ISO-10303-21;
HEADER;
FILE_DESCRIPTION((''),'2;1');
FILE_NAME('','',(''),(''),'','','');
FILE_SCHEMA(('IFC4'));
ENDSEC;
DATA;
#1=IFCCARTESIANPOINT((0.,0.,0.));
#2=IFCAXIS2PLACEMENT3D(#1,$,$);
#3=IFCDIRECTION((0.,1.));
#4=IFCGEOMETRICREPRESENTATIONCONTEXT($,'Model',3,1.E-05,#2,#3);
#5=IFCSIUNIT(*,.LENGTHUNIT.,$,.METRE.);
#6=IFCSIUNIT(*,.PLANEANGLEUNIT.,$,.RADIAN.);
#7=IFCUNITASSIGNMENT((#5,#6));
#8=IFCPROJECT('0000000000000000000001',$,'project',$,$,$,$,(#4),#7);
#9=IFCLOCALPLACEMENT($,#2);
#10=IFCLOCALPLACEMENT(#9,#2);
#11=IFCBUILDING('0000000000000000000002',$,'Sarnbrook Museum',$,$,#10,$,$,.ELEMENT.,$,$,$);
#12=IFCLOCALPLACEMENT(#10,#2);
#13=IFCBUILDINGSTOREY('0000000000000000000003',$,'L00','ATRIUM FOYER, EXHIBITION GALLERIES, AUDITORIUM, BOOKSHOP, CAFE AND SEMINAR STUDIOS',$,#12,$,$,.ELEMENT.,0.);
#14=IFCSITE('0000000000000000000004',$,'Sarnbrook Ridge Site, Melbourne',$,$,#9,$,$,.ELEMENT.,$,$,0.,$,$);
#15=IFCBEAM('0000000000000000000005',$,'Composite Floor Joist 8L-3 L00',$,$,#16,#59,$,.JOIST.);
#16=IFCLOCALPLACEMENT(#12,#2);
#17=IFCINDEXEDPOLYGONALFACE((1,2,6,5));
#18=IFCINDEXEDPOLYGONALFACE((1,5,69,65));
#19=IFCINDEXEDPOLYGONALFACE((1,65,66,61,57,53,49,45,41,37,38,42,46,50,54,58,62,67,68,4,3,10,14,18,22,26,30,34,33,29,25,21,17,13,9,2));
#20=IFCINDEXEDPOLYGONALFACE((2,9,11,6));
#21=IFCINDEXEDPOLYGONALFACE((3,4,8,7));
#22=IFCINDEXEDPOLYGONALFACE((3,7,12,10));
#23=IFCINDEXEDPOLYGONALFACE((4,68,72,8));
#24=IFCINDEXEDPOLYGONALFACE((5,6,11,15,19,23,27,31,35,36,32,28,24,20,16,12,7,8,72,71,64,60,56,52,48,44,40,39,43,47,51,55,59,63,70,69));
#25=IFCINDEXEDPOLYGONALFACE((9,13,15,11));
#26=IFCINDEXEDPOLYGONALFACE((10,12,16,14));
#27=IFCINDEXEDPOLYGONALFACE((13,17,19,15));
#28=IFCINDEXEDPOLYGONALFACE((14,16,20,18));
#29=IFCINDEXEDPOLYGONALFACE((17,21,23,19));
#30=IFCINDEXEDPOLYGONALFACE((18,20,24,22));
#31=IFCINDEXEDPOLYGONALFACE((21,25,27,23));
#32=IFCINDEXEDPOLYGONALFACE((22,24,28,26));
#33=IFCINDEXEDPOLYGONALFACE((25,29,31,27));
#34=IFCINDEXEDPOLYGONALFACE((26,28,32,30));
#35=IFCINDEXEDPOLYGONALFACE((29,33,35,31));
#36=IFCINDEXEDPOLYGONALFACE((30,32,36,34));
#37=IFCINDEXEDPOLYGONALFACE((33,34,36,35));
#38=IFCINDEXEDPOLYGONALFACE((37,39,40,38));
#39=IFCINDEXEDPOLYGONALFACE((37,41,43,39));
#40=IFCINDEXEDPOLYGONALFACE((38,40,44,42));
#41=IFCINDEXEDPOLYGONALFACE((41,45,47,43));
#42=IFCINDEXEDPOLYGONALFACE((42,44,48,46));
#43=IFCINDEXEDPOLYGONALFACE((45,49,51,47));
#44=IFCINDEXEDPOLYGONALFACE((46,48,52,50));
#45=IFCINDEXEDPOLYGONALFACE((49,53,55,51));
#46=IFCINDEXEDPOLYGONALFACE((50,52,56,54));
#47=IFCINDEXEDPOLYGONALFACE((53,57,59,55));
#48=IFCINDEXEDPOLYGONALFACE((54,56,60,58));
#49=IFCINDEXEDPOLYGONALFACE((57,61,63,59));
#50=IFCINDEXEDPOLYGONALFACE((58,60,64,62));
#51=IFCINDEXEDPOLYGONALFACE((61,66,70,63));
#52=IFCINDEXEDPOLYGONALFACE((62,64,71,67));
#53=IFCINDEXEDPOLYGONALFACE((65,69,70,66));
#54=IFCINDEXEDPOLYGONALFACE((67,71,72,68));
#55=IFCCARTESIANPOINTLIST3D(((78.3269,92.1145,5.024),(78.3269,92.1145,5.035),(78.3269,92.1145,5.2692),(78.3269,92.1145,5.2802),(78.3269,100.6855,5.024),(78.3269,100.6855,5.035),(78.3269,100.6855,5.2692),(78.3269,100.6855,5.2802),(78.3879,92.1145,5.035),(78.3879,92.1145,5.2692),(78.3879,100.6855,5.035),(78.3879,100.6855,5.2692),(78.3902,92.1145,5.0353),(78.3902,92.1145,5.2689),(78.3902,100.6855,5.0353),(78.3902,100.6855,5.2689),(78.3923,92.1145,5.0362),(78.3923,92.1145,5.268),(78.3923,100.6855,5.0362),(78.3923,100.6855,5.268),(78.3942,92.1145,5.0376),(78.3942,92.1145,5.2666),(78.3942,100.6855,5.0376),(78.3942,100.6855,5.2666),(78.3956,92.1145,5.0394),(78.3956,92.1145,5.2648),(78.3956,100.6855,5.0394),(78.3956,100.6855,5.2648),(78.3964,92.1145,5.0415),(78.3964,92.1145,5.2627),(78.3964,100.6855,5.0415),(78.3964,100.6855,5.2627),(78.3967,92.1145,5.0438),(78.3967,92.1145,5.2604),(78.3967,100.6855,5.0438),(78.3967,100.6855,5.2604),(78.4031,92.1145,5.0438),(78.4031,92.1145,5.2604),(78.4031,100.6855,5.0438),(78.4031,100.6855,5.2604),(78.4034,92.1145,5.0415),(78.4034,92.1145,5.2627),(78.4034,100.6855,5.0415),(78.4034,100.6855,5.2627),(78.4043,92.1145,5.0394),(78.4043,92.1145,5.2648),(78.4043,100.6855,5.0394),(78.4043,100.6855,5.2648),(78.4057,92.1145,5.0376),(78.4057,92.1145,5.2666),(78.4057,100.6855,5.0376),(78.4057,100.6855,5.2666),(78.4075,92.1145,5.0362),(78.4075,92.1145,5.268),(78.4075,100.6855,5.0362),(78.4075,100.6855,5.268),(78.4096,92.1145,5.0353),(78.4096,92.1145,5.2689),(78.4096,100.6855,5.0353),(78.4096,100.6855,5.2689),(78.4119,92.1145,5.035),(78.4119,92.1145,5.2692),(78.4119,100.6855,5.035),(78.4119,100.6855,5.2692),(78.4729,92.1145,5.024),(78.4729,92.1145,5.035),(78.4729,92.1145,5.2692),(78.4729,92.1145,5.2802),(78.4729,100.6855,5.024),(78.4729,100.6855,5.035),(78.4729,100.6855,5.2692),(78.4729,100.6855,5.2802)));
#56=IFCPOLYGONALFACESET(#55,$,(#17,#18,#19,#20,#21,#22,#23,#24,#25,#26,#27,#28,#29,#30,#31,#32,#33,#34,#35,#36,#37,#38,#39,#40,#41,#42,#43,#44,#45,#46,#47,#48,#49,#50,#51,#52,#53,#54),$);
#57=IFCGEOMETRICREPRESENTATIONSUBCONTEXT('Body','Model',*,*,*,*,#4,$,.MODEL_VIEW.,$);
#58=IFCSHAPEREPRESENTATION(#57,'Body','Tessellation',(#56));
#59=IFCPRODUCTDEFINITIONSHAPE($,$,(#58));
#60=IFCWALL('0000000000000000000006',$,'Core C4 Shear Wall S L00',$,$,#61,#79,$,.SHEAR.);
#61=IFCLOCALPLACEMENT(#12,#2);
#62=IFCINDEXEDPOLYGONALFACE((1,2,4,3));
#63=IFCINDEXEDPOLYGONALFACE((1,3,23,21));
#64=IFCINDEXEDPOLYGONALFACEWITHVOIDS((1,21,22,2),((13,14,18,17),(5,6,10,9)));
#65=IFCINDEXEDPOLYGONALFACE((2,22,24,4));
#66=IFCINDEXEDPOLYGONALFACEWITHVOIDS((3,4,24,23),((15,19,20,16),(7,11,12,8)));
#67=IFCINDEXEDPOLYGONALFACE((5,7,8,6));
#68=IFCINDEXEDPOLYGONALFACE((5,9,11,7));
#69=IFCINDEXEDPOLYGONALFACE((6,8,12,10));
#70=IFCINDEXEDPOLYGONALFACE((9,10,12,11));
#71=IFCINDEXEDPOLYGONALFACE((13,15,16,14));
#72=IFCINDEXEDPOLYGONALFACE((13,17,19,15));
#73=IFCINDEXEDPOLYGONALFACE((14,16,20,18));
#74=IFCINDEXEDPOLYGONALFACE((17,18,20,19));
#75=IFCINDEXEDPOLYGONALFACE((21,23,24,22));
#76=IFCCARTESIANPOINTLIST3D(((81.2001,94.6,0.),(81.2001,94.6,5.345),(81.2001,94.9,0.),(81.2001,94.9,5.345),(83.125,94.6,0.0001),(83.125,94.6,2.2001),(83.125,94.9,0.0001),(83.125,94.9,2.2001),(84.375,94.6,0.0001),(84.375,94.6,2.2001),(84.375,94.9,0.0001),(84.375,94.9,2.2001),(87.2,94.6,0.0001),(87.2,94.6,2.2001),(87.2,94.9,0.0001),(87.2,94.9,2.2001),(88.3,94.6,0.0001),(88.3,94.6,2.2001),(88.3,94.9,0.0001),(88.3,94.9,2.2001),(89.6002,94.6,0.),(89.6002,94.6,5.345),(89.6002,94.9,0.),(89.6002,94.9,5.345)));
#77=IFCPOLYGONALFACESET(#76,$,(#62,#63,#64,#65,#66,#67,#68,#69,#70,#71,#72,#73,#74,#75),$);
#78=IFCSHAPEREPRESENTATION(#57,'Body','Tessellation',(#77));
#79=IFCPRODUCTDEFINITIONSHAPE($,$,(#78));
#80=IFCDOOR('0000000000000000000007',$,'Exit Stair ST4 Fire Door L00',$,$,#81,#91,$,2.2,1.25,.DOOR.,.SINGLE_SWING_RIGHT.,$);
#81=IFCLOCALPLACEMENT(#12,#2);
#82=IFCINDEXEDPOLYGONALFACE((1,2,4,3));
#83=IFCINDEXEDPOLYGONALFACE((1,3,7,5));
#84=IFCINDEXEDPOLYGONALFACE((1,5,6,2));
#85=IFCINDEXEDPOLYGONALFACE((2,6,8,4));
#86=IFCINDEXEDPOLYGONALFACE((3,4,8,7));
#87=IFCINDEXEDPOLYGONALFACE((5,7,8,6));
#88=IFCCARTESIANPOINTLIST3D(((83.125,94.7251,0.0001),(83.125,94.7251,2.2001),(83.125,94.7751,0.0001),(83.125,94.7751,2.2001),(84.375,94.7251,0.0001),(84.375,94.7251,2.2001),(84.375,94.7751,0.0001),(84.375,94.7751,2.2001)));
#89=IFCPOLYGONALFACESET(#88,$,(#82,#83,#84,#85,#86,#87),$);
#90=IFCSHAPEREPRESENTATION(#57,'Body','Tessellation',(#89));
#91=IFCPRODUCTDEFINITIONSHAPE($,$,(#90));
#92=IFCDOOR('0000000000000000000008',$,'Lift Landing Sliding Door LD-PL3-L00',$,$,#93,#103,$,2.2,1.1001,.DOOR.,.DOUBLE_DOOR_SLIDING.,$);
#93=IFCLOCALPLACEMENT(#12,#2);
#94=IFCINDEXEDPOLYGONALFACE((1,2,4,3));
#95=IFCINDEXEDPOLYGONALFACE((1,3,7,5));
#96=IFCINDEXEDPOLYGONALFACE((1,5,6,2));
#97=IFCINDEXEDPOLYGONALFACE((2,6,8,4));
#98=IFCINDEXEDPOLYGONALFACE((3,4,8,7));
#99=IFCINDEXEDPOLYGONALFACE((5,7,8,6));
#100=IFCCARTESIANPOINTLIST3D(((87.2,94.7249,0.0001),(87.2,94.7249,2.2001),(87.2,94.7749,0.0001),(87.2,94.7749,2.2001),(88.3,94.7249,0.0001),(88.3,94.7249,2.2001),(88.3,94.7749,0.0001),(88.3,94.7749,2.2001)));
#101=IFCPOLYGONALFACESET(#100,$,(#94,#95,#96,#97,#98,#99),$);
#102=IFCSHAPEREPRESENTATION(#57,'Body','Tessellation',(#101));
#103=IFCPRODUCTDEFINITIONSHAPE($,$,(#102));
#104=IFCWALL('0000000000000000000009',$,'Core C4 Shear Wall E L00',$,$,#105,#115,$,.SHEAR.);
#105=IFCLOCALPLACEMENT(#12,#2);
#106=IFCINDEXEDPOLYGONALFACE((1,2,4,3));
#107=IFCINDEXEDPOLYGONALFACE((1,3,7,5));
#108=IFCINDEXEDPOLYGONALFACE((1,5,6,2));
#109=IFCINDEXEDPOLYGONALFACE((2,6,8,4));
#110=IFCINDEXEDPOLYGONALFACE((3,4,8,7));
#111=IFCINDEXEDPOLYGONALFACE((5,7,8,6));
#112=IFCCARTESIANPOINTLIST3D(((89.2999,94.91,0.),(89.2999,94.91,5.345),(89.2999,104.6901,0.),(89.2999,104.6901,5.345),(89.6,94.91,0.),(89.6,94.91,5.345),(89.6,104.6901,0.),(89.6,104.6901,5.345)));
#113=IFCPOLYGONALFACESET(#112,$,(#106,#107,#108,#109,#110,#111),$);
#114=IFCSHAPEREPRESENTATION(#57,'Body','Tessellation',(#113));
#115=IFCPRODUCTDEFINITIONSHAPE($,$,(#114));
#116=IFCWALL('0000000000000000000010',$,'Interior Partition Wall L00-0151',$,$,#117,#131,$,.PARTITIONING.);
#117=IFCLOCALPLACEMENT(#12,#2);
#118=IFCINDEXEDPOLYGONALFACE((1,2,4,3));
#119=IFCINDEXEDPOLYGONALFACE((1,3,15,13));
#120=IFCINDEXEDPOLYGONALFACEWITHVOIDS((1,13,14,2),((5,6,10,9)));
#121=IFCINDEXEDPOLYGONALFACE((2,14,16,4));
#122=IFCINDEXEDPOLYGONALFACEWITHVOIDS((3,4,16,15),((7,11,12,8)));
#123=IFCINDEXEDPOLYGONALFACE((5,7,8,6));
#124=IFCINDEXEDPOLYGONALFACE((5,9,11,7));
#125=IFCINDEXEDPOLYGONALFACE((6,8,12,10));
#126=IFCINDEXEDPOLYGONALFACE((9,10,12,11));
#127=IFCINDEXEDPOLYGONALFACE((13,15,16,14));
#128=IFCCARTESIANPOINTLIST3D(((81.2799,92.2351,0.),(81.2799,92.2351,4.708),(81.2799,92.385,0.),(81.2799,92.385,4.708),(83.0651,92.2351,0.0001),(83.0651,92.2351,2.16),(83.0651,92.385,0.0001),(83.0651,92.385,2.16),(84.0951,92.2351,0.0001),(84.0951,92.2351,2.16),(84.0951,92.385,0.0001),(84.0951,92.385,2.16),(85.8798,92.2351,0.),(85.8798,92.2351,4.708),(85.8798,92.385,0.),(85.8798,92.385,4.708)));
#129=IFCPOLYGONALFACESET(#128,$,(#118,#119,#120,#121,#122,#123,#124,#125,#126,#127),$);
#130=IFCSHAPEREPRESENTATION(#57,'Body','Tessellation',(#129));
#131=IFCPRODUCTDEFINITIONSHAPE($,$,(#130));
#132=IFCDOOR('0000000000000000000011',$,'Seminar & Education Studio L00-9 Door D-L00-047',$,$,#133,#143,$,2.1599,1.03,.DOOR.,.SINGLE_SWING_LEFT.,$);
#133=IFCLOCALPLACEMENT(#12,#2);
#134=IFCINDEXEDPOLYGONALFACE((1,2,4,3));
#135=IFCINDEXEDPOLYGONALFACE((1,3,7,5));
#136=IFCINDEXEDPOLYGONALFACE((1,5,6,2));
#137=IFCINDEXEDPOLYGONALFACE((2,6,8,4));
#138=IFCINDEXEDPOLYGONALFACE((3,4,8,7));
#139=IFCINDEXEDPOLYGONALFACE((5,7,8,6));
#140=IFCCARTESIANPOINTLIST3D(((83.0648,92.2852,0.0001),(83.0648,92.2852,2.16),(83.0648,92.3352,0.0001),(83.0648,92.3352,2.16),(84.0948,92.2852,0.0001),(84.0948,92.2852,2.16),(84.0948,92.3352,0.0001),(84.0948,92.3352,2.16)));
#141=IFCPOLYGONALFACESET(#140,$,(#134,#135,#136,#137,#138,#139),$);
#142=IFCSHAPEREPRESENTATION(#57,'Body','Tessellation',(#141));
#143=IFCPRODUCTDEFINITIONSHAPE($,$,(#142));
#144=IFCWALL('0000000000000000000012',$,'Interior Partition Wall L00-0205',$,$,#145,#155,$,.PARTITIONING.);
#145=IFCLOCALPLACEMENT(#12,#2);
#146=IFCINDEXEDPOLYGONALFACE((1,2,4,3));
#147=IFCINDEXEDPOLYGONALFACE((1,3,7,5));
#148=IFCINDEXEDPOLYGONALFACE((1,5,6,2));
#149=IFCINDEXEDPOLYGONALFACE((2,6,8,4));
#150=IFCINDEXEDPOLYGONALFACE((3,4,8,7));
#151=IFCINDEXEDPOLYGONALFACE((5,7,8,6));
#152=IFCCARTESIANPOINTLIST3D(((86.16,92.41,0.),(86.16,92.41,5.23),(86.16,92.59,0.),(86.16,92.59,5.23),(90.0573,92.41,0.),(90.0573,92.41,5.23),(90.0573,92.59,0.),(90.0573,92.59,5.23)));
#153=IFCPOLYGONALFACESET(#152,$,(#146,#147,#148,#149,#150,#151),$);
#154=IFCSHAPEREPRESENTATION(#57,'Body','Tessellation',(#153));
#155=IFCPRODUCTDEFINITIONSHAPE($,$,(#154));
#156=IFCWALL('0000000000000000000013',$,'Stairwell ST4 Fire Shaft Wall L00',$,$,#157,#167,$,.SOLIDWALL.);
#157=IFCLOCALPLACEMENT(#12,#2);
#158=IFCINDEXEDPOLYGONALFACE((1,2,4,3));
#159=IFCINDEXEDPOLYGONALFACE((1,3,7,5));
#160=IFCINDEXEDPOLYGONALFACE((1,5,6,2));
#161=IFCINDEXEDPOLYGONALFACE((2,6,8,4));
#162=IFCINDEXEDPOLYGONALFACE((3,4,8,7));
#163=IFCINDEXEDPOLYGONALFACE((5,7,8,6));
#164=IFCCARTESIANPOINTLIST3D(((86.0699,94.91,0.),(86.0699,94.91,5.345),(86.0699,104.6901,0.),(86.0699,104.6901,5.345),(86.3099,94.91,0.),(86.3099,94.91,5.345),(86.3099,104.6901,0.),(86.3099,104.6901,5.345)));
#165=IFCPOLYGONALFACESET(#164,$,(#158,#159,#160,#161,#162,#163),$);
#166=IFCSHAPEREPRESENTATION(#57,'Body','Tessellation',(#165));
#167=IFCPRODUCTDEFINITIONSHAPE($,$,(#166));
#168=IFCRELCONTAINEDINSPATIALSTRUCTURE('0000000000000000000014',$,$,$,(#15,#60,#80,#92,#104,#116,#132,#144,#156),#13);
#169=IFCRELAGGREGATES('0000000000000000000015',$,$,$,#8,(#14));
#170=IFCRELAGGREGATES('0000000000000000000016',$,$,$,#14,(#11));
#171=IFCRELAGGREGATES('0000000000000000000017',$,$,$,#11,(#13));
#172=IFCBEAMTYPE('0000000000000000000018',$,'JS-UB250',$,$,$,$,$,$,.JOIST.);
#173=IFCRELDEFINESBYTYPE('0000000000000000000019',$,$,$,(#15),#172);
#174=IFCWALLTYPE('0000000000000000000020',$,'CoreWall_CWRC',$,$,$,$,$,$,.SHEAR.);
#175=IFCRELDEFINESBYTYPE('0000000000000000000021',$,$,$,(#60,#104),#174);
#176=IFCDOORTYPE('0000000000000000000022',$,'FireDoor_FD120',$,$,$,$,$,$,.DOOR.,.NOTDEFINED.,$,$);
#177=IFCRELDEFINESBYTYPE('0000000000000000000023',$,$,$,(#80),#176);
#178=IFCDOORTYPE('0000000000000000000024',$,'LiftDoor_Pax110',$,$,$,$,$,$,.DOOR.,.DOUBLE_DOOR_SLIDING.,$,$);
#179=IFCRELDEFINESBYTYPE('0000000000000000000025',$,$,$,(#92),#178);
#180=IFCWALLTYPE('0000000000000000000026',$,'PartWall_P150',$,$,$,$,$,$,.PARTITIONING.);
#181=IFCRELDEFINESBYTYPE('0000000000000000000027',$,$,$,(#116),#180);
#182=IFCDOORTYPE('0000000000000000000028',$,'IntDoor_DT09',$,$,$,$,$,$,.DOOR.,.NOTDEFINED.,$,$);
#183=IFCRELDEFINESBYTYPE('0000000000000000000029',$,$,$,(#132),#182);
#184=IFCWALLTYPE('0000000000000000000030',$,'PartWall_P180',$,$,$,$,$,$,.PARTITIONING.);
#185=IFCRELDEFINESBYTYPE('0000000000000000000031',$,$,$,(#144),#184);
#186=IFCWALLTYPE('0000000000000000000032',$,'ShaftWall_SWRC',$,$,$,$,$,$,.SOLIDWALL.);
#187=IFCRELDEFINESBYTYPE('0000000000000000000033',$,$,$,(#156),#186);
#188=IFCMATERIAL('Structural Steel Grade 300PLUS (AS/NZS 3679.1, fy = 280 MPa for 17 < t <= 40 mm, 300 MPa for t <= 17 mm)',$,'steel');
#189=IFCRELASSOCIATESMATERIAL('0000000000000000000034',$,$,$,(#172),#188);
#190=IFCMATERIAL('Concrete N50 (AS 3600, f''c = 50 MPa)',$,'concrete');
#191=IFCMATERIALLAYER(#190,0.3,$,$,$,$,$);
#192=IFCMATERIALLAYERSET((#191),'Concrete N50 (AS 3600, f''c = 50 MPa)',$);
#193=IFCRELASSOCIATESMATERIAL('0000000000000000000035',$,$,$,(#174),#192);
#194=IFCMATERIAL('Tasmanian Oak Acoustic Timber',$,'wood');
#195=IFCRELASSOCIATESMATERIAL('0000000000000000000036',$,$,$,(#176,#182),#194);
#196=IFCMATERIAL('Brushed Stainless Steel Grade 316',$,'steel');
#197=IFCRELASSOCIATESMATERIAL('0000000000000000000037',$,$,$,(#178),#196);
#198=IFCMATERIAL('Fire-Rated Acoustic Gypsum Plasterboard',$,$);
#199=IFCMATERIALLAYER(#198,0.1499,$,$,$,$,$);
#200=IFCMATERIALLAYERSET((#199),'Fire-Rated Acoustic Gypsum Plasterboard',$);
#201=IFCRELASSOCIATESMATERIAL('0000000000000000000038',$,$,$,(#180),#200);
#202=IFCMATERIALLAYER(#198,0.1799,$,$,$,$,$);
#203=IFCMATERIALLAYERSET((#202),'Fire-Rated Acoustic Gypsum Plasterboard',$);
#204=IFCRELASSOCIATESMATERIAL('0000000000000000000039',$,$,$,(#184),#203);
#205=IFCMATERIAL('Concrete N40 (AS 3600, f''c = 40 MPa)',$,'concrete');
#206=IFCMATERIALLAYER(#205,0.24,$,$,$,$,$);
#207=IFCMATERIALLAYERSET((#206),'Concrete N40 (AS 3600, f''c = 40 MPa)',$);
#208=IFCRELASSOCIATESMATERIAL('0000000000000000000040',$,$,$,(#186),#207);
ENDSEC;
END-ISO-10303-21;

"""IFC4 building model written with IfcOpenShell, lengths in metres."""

from ifc_helpers import new_model, si_unit, direction, frame, frame_2d, origin, origin_2d, place, context, subcontext, project, spatial, rectangle, i_section, extrude, material, layer, layer_set, material_profile, profile_set, type_object, element, fill, save


model = new_model("IFC4")

# Units and contexts
model_context = context("Model", 3, precision=1e-05, world=origin(), true_north=direction((0.0, 1.0)))
body_context = subcontext(model_context, "Body", "Model", "MODEL_VIEW")
ifc_project = project(units=[si_unit("LENGTHUNIT", "METRE"), si_unit("PLANEANGLEUNIT", "RADIAN")], contexts=[model_context])

# Site, building, storey
site_placement = place(None, origin())
site = spatial("IfcSite", under=ifc_project, at=site_placement, Name="Sarnbrook Ridge Site, Melbourne", CompositionType="ELEMENT", RefElevation=0.0)
building_placement = place(site_placement, origin())
building = spatial("IfcBuilding", under=site, at=building_placement, Name="Sarnbrook Museum", CompositionType="ELEMENT")
storey_placement = place(building_placement, origin())
storey = spatial("IfcBuildingStorey", under=building, at=storey_placement, Name="L00", Description="ATRIUM FOYER, EXHIBITION GALLERIES, AUDITORIUM, BOOKSHOP, CAFE AND SEMINAR STUDIOS", CompositionType="ELEMENT", Elevation=0.0)

# Beam
ifc_material_1 = material(Name="Structural Steel Grade 300PLUS (AS/NZS 3679.1, fy = 280 MPa for 17 < t <= 40 mm, 300 MPa for t <= 17 mm)", Category="steel")
ifc_material_profile_1 = material_profile(ifc_material_1, i_section(OverallWidth=0.146, OverallDepth=0.2561, WebThickness=0.0063, FlangeThickness=0.011, FilletRadius=0.0088, at=origin_2d()), Name="250UB37.3")
ifc_profile_set_1 = profile_set([ifc_material_profile_1], Name="Structural Steel Grade 300PLUS (AS/NZS 3679.1, fy = 280 MPa for 17 < t <= 40 mm, 300 MPa for t <= 17 mm)")
beam_type_1 = type_object("IfcBeamType", Name="JS-UB250", PredefinedType="JOIST", material=ifc_profile_set_1)
beam_1_placement = place(storey_placement, frame((78.3999, 92.1145, 5.1521), z_axis=(0.0, 1.0, 0.0), x_axis=(-1.0, 0.0, 0.0)))
element("IfcBeam", 1, at=beam_1_placement, inside=storey, type_object=beam_type_1, Name="Composite Floor Joist 8L-3 L00", PredefinedType="JOIST", context=body_context, shape_type="SweptSolid", body=[
    extrude(i_section(OverallWidth=0.146, OverallDepth=0.2561, WebThickness=0.0063, FlangeThickness=0.011, FilletRadius=0.0088, at=origin_2d()), origin(), (0.0, 0.0, 1.0), 8.571),
])

# Wall, openings, doors
ifc_material_2 = material(Name="Concrete N50 (AS 3600, f'c = 50 MPa)", Category="concrete")
ifc_layer_1 = layer(ifc_material_2, 0.3)
ifc_layer_set_1 = layer_set([ifc_layer_1], Name="Concrete N50 (AS 3600, f'c = 50 MPa)")
wall_type_1 = type_object("IfcWallType", Name="CoreWall_CWRC", PredefinedType="SHEAR", material=ifc_layer_set_1)
wall_1_placement = place(storey_placement, frame((81.2, 94.75, 0.0), z_axis=(0.0, 0.0, 1.0), x_axis=(1.0, 0.0, 0.0)))
wall_1 = element("IfcWall", 2, at=wall_1_placement, inside=storey, type_object=wall_type_1, Name="Core C4 Shear Wall S L00", PredefinedType="SHEAR", context=body_context, shape_type="SweptSolid", body=[
    extrude(rectangle(XDim=8.4001, YDim=0.3, at=frame_2d((4.2002, 0.0))), origin(), (0.0, 0.0, 1.0), 5.345),
])
opening_1_placement = place(wall_1_placement, frame((1.925, 0.0, 0.0)))
opening_1 = element("IfcOpeningElement", 3, at=opening_1_placement, cuts=wall_1, PredefinedType="OPENING", context=body_context, shape_type="SweptSolid", body=[
    extrude(rectangle(XDim=1.25, YDim=2.2, at=frame_2d((0.625, 1.1001))), frame((0.0, 0.1602, 0.0), z_axis=(0.0, -1.0, 0.0), x_axis=(1.0, 0.0, 0.0)), (0.0, 0.0, 1.0), 0.3201),
])
opening_2_placement = place(wall_1_placement, frame((6.0, 0.0, 0.0)))
opening_2 = element("IfcOpeningElement", 4, at=opening_2_placement, cuts=wall_1, PredefinedType="OPENING", context=body_context, shape_type="SweptSolid", body=[
    extrude(rectangle(XDim=1.1001, YDim=2.2, at=frame_2d((0.55, 1.1001))), frame((0.0, 0.1602, 0.0), z_axis=(0.0, -1.0, 0.0), x_axis=(1.0, 0.0, 0.0)), (0.0, 0.0, 1.0), 0.3201),
])
ifc_material_3 = material(Name="Tasmanian Oak Acoustic Timber", Category="wood")
door_type_1 = type_object("IfcDoorType", Name="FireDoor_FD120", OperationType="NOTDEFINED", PredefinedType="DOOR", material=ifc_material_3)
door_1_placement = place(opening_1_placement, frame((1.25, 0.0, 0.0), z_axis=(0.0, 0.0, 1.0), x_axis=(-1.0, 0.0, 0.0)))
door_1 = element("IfcDoor", 5, at=door_1_placement, inside=storey, type_object=door_type_1, Name="Exit Stair ST4 Fire Door L00", OperationType="SINGLE_SWING_RIGHT", OverallHeight=2.2, OverallWidth=1.25, PredefinedType="DOOR", context=body_context, shape_type="SweptSolid", body=[
    extrude(rectangle(XDim=1.25, YDim=2.2, at=frame_2d((0.625, 1.1001))), frame((0.0, 0.0249, 0.0), z_axis=(0.0, -1.0, 0.0), x_axis=(1.0, 0.0, 0.0)), (0.0, 0.0, 1.0), 0.05),
])
fill(opening_1, door_1)
ifc_material_4 = material(Name="Brushed Stainless Steel Grade 316", Category="steel")
door_type_2 = type_object("IfcDoorType", Name="LiftDoor_Pax110", OperationType="DOUBLE_DOOR_SLIDING", PredefinedType="DOOR", material=ifc_material_4)
door_2_placement = place(opening_2_placement, origin())
door_2 = element("IfcDoor", 6, at=door_2_placement, inside=storey, type_object=door_type_2, Name="Lift Landing Sliding Door LD-PL3-L00", OperationType="DOUBLE_DOOR_SLIDING", OverallHeight=2.2, OverallWidth=1.1001, PredefinedType="DOOR", context=body_context, shape_type="SweptSolid", body=[
    extrude(rectangle(XDim=1.1001, YDim=2.2, at=frame_2d((0.55, 1.1001))), frame((0.0, 0.0249, 0.0), z_axis=(0.0, -1.0, 0.0), x_axis=(1.0, 0.0, 0.0)), (0.0, 0.0, 1.0), 0.05),
])
fill(opening_2, door_2)

# Wall
wall_2_placement = place(storey_placement, frame((89.45, 94.9099, 0.0), z_axis=(0.0, 0.0, 1.0), x_axis=(0.0, 1.0, 0.0)))
element("IfcWall", 7, at=wall_2_placement, inside=storey, type_object=wall_type_1, Name="Core C4 Shear Wall E L00", PredefinedType="SHEAR", context=body_context, shape_type="SweptSolid", body=[
    extrude(rectangle(XDim=9.78, YDim=0.3, at=frame_2d((4.8901, 0.0))), origin(), (0.0, 0.0, 1.0), 5.345),
])

# Wall, opening, door
ifc_material_5 = material(Name="Fire-Rated Acoustic Gypsum Plasterboard")
ifc_layer_2 = layer(ifc_material_5, 0.1499)
ifc_layer_set_2 = layer_set([ifc_layer_2], Name="Fire-Rated Acoustic Gypsum Plasterboard")
wall_type_2 = type_object("IfcWallType", Name="PartWall_P150", PredefinedType="PARTITIONING", material=ifc_layer_set_2)
wall_3_placement = place(storey_placement, frame((81.28, 92.3101, 0.0), z_axis=(0.0, 0.0, 1.0), x_axis=(1.0, 0.0, 0.0)))
wall_3 = element("IfcWall", 8, at=wall_3_placement, inside=storey, type_object=wall_type_2, Name="Interior Partition Wall L00-0151", PredefinedType="PARTITIONING", context=body_context, shape_type="SweptSolid", body=[
    extrude(rectangle(XDim=4.5999, YDim=0.1499, at=frame_2d((2.2998, 0.0))), origin(), (0.0, 0.0, 1.0), 4.708),
])
opening_3_placement = place(wall_3_placement, frame((1.7849, 0.0, 0.0)))
opening_3 = element("IfcOpeningElement", 9, at=opening_3_placement, cuts=wall_3, PredefinedType="OPENING", context=body_context, shape_type="SweptSolid", body=[
    extrude(rectangle(XDim=1.03, YDim=2.1599, at=frame_2d((0.5151, 1.0801))), frame((0.0, 0.085, 0.0), z_axis=(0.0, -1.0, 0.0), x_axis=(1.0, 0.0, 0.0)), (0.0, 0.0, 1.0), 0.1699),
])
door_type_3 = type_object("IfcDoorType", Name="IntDoor_DT09", OperationType="NOTDEFINED", PredefinedType="DOOR", material=ifc_material_3)
door_3_placement = place(opening_3_placement, frame((1.03, 0.0, 0.0), z_axis=(0.0, 0.0, 1.0), x_axis=(-1.0, 0.0, 0.0)))
door_3 = element("IfcDoor", 10, at=door_3_placement, inside=storey, type_object=door_type_3, Name="Seminar & Education Studio L00-9 Door D-L00-047", OperationType="SINGLE_SWING_LEFT", OverallHeight=2.1599, OverallWidth=1.03, PredefinedType="DOOR", context=body_context, shape_type="SweptSolid", body=[
    extrude(rectangle(XDim=1.03, YDim=2.1599, at=frame_2d((0.5151, 1.0801))), frame((0.0, 0.0249, 0.0), z_axis=(0.0, -1.0, 0.0), x_axis=(1.0, 0.0, 0.0)), (0.0, 0.0, 1.0), 0.05),
])
fill(opening_3, door_3)

# Walls
ifc_layer_3 = layer(ifc_material_5, 0.1799)
ifc_layer_set_3 = layer_set([ifc_layer_3], Name="Fire-Rated Acoustic Gypsum Plasterboard")
wall_type_3 = type_object("IfcWallType", Name="PartWall_P180", PredefinedType="PARTITIONING", material=ifc_layer_set_3)
wall_4_placement = place(storey_placement, frame((86.1599, 92.5, 0.0), z_axis=(0.0, 0.0, 1.0), x_axis=(1.0, 0.0, 0.0)))
element("IfcWall", 11, at=wall_4_placement, inside=storey, type_object=wall_type_3, Name="Interior Partition Wall L00-0205", PredefinedType="PARTITIONING", context=body_context, shape_type="SweptSolid", body=[
    extrude(rectangle(XDim=3.8972, YDim=0.1799, at=frame_2d((1.9487, 0.0))), origin(), (0.0, 0.0, 1.0), 5.23),
])
ifc_material_6 = material(Name="Concrete N40 (AS 3600, f'c = 40 MPa)", Category="concrete")
ifc_layer_4 = layer(ifc_material_6, 0.24)
ifc_layer_set_4 = layer_set([ifc_layer_4], Name="Concrete N40 (AS 3600, f'c = 40 MPa)")
wall_type_4 = type_object("IfcWallType", Name="ShaftWall_SWRC", PredefinedType="SOLIDWALL", material=ifc_layer_set_4)
wall_5_placement = place(storey_placement, frame((86.1899, 94.9099, 0.0), z_axis=(0.0, 0.0, 1.0), x_axis=(0.0, 1.0, 0.0)))
element("IfcWall", 12, at=wall_5_placement, inside=storey, type_object=wall_type_4, Name="Stairwell ST4 Fire Shaft Wall L00", PredefinedType="SOLIDWALL", context=body_context, shape_type="SweptSolid", body=[
    extrude(rectangle(XDim=9.78, YDim=0.24, at=frame_2d((4.8901, 0.0))), origin(), (0.0, 0.0, 1.0), 5.345),
])

save(model, "model.ifc")
